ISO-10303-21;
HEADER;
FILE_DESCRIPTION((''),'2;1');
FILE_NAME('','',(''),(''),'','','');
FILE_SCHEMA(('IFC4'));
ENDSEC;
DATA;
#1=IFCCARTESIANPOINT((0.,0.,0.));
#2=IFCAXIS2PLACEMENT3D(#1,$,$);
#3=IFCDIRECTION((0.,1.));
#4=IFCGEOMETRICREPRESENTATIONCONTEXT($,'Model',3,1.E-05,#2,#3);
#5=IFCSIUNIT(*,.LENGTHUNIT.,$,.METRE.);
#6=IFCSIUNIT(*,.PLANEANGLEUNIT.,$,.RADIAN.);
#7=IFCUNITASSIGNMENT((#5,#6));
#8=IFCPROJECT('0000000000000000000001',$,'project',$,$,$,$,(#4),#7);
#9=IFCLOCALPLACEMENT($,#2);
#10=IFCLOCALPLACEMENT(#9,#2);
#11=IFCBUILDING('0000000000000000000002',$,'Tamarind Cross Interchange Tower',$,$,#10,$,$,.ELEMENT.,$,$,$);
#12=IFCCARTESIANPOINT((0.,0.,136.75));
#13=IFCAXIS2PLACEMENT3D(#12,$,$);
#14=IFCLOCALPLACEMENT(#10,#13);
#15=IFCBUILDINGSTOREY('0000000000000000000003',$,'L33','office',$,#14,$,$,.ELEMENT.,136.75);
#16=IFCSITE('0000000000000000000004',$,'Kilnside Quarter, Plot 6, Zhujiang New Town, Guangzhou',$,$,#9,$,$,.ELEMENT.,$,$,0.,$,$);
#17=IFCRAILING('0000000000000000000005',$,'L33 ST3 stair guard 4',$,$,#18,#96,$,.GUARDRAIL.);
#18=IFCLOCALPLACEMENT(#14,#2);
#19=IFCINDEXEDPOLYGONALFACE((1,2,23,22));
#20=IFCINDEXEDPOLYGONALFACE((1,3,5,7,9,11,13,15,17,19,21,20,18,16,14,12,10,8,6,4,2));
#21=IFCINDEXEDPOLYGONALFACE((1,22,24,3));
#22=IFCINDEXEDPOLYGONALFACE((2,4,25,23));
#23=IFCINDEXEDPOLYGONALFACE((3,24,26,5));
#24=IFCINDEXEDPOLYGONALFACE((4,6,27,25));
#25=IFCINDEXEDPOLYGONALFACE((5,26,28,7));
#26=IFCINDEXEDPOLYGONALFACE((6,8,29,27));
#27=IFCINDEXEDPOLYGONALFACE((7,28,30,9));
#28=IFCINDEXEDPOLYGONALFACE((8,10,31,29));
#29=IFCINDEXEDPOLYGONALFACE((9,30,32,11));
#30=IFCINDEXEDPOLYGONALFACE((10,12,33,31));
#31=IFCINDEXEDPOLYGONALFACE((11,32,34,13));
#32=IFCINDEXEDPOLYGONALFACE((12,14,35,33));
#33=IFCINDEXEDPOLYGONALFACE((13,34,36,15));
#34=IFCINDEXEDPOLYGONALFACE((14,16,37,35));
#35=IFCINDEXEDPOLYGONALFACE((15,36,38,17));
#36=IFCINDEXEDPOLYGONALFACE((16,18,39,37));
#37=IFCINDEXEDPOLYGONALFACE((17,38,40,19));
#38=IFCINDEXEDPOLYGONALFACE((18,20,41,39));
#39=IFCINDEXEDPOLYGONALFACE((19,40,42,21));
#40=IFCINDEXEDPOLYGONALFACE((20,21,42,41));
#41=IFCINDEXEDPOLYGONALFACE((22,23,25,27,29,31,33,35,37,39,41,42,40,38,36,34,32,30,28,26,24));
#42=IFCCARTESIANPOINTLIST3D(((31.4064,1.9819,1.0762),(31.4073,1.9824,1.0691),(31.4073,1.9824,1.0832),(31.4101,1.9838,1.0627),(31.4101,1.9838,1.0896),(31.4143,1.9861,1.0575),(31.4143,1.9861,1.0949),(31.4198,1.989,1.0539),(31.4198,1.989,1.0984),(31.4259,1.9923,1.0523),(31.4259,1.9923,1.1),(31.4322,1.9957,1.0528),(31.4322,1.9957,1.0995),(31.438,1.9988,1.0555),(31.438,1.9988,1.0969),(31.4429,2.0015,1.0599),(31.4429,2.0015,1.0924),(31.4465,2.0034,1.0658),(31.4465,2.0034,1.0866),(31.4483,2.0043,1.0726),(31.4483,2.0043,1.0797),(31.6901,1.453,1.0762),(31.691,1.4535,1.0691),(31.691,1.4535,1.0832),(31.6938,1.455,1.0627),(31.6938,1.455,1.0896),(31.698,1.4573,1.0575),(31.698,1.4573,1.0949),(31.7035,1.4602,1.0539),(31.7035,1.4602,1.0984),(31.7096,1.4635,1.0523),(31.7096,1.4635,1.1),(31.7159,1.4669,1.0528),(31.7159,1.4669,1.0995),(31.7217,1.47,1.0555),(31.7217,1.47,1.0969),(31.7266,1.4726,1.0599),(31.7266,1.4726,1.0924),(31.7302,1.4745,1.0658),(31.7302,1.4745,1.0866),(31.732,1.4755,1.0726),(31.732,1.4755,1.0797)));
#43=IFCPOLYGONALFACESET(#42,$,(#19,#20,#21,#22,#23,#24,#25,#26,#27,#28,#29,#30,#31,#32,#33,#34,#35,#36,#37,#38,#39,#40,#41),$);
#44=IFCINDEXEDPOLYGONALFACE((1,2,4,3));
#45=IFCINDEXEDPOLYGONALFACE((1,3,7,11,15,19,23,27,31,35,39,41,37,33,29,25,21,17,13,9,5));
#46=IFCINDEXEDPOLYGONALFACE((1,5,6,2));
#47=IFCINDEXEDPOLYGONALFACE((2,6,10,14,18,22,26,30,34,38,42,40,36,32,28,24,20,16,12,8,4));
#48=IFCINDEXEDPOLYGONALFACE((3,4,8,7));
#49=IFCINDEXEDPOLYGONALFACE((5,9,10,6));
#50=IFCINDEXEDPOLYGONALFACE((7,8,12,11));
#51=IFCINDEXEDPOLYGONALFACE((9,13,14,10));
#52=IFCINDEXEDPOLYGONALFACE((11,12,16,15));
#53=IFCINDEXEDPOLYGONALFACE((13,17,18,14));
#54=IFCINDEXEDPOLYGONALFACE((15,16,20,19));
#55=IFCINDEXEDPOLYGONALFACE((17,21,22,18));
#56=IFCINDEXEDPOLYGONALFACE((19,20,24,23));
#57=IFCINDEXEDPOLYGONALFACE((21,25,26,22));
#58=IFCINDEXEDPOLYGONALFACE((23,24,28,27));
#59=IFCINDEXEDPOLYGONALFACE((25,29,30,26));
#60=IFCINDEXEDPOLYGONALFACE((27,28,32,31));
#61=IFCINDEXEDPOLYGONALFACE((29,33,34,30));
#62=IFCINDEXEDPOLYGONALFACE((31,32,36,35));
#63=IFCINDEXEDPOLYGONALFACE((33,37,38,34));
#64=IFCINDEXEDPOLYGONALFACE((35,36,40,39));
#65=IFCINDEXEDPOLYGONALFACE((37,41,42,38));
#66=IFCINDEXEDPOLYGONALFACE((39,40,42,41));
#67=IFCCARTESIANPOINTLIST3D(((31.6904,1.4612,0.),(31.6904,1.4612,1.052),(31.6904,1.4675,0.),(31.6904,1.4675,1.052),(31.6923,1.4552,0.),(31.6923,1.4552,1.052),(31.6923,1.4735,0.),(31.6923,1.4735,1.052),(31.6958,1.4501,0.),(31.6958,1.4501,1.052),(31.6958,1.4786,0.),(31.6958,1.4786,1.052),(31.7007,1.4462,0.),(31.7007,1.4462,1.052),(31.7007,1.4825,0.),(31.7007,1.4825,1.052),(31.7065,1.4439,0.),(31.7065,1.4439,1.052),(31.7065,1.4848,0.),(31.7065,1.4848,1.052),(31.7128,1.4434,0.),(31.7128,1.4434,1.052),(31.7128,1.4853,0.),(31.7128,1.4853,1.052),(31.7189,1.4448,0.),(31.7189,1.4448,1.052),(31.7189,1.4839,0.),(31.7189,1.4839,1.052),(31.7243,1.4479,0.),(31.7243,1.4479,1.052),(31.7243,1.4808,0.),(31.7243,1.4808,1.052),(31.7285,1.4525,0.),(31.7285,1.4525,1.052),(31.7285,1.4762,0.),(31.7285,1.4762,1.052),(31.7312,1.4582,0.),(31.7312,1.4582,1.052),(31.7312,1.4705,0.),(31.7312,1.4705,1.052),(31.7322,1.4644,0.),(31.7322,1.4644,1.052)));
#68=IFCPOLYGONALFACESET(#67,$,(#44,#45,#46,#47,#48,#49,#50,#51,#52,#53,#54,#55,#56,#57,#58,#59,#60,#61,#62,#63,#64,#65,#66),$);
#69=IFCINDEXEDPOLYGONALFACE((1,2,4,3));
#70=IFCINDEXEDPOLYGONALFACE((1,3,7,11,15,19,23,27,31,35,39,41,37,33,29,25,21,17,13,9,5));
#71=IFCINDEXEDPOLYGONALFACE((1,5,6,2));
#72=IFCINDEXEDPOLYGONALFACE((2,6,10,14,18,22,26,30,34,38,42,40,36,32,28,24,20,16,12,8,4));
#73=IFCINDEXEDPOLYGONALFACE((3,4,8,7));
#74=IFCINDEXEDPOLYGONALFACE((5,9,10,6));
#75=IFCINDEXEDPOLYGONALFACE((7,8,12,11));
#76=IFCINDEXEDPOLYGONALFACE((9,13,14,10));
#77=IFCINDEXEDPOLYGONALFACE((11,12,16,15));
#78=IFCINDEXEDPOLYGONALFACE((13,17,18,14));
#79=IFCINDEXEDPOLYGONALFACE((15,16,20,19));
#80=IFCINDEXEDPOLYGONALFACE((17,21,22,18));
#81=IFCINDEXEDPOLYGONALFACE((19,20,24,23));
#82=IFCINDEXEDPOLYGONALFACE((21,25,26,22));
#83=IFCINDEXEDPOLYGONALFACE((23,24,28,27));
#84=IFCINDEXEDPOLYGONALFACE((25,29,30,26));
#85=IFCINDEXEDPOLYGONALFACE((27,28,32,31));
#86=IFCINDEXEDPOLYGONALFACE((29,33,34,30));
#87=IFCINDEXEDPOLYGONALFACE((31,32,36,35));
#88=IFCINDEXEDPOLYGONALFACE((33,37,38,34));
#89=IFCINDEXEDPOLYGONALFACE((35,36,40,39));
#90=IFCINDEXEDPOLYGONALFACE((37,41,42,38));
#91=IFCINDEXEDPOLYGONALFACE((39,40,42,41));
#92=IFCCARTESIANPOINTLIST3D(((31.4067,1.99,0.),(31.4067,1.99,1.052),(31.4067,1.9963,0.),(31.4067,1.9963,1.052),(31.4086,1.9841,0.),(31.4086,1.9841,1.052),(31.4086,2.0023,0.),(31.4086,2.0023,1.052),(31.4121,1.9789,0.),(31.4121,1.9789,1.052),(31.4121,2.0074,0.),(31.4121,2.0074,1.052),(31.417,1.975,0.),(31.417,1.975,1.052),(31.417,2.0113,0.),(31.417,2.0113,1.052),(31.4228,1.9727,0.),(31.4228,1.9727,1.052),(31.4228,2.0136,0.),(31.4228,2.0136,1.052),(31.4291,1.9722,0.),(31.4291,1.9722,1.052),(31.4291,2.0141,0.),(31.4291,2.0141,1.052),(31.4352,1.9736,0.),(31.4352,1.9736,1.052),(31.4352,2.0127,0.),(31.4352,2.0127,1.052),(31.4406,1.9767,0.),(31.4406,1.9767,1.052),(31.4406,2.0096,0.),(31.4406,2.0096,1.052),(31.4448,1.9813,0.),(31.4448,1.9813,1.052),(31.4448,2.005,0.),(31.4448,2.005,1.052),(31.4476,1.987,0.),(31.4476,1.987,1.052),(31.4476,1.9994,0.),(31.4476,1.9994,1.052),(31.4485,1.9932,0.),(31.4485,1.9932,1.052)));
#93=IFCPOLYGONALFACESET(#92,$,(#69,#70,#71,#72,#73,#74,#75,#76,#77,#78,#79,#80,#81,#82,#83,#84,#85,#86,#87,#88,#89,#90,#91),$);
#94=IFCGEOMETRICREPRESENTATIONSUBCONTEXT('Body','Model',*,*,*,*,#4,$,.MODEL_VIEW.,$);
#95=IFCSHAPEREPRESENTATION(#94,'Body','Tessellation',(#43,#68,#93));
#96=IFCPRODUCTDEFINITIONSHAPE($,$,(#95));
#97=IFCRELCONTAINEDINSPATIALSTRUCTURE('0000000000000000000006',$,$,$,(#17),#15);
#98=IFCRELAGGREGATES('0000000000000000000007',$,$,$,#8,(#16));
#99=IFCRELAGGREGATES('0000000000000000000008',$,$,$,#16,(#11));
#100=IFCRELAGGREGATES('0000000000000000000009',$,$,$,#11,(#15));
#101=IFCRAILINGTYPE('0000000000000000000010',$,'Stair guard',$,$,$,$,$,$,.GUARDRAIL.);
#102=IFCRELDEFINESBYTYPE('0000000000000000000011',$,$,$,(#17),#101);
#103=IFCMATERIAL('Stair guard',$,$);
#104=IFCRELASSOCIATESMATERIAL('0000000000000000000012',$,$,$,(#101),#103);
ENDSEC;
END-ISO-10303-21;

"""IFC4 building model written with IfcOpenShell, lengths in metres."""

from ifc_helpers import new_model, si_unit, direction, frame, origin, origin_2d, place, context, subcontext, project, spatial, circle, extrude, material, type_object, element, save


model = new_model("IFC4")

# Units and contexts
model_context = context("Model", 3, precision=1e-05, world=origin(), true_north=direction((0.0, 1.0)))
body_context = subcontext(model_context, "Body", "Model", "MODEL_VIEW")
ifc_project = project(units=[si_unit("LENGTHUNIT", "METRE"), si_unit("PLANEANGLEUNIT", "RADIAN")], contexts=[model_context])

# Site, building, storey
site_placement = place(None, origin())
site = spatial("IfcSite", under=ifc_project, at=site_placement, Name="Kilnside Quarter, Plot 6, Zhujiang New Town, Guangzhou", CompositionType="ELEMENT", RefElevation=0.0)
building_placement = place(site_placement, origin())
building = spatial("IfcBuilding", under=site, at=building_placement, Name="Tamarind Cross Interchange Tower", CompositionType="ELEMENT")
storey_placement = place(building_placement, frame((0.0, 0.0, 136.75)))
storey = spatial("IfcBuildingStorey", under=building, at=storey_placement, Name="L33", Description="office", CompositionType="ELEMENT", Elevation=136.75)

# Railing
ifc_material_1 = material(Name="Stair guard")
railing_type_1 = type_object("IfcRailingType", Name="Stair guard", PredefinedType="GUARDRAIL", material=ifc_material_1)
railing_1_placement = place(storey_placement, frame((31.7112, 1.4644, 0.0)))
element("IfcRailing", 1, at=railing_1_placement, inside=storey, type_object=railing_type_1, Name="L33 ST3 stair guard 4", PredefinedType="GUARDRAIL", context=body_context, shape_type="SweptSolid", body=[
    extrude(circle(Radius=0.0239, at=origin_2d()), frame((0.0, 0.0, 1.0762), z_axis=(-0.472741, 0.881202, 0.0), x_axis=(-0.881202, -0.472741, 0.0)), (0.0, 0.0, 1.0), 0.6001),
    extrude(circle(Radius=0.021, at=origin_2d()), origin(), (0.0, 0.0, 1.0), 1.052),
    extrude(circle(Radius=0.021, at=origin_2d()), frame((-0.2837, 0.5288, 0.0)), (0.0, 0.0, 1.0), 1.052),
])

save(model, "model.ifc")
